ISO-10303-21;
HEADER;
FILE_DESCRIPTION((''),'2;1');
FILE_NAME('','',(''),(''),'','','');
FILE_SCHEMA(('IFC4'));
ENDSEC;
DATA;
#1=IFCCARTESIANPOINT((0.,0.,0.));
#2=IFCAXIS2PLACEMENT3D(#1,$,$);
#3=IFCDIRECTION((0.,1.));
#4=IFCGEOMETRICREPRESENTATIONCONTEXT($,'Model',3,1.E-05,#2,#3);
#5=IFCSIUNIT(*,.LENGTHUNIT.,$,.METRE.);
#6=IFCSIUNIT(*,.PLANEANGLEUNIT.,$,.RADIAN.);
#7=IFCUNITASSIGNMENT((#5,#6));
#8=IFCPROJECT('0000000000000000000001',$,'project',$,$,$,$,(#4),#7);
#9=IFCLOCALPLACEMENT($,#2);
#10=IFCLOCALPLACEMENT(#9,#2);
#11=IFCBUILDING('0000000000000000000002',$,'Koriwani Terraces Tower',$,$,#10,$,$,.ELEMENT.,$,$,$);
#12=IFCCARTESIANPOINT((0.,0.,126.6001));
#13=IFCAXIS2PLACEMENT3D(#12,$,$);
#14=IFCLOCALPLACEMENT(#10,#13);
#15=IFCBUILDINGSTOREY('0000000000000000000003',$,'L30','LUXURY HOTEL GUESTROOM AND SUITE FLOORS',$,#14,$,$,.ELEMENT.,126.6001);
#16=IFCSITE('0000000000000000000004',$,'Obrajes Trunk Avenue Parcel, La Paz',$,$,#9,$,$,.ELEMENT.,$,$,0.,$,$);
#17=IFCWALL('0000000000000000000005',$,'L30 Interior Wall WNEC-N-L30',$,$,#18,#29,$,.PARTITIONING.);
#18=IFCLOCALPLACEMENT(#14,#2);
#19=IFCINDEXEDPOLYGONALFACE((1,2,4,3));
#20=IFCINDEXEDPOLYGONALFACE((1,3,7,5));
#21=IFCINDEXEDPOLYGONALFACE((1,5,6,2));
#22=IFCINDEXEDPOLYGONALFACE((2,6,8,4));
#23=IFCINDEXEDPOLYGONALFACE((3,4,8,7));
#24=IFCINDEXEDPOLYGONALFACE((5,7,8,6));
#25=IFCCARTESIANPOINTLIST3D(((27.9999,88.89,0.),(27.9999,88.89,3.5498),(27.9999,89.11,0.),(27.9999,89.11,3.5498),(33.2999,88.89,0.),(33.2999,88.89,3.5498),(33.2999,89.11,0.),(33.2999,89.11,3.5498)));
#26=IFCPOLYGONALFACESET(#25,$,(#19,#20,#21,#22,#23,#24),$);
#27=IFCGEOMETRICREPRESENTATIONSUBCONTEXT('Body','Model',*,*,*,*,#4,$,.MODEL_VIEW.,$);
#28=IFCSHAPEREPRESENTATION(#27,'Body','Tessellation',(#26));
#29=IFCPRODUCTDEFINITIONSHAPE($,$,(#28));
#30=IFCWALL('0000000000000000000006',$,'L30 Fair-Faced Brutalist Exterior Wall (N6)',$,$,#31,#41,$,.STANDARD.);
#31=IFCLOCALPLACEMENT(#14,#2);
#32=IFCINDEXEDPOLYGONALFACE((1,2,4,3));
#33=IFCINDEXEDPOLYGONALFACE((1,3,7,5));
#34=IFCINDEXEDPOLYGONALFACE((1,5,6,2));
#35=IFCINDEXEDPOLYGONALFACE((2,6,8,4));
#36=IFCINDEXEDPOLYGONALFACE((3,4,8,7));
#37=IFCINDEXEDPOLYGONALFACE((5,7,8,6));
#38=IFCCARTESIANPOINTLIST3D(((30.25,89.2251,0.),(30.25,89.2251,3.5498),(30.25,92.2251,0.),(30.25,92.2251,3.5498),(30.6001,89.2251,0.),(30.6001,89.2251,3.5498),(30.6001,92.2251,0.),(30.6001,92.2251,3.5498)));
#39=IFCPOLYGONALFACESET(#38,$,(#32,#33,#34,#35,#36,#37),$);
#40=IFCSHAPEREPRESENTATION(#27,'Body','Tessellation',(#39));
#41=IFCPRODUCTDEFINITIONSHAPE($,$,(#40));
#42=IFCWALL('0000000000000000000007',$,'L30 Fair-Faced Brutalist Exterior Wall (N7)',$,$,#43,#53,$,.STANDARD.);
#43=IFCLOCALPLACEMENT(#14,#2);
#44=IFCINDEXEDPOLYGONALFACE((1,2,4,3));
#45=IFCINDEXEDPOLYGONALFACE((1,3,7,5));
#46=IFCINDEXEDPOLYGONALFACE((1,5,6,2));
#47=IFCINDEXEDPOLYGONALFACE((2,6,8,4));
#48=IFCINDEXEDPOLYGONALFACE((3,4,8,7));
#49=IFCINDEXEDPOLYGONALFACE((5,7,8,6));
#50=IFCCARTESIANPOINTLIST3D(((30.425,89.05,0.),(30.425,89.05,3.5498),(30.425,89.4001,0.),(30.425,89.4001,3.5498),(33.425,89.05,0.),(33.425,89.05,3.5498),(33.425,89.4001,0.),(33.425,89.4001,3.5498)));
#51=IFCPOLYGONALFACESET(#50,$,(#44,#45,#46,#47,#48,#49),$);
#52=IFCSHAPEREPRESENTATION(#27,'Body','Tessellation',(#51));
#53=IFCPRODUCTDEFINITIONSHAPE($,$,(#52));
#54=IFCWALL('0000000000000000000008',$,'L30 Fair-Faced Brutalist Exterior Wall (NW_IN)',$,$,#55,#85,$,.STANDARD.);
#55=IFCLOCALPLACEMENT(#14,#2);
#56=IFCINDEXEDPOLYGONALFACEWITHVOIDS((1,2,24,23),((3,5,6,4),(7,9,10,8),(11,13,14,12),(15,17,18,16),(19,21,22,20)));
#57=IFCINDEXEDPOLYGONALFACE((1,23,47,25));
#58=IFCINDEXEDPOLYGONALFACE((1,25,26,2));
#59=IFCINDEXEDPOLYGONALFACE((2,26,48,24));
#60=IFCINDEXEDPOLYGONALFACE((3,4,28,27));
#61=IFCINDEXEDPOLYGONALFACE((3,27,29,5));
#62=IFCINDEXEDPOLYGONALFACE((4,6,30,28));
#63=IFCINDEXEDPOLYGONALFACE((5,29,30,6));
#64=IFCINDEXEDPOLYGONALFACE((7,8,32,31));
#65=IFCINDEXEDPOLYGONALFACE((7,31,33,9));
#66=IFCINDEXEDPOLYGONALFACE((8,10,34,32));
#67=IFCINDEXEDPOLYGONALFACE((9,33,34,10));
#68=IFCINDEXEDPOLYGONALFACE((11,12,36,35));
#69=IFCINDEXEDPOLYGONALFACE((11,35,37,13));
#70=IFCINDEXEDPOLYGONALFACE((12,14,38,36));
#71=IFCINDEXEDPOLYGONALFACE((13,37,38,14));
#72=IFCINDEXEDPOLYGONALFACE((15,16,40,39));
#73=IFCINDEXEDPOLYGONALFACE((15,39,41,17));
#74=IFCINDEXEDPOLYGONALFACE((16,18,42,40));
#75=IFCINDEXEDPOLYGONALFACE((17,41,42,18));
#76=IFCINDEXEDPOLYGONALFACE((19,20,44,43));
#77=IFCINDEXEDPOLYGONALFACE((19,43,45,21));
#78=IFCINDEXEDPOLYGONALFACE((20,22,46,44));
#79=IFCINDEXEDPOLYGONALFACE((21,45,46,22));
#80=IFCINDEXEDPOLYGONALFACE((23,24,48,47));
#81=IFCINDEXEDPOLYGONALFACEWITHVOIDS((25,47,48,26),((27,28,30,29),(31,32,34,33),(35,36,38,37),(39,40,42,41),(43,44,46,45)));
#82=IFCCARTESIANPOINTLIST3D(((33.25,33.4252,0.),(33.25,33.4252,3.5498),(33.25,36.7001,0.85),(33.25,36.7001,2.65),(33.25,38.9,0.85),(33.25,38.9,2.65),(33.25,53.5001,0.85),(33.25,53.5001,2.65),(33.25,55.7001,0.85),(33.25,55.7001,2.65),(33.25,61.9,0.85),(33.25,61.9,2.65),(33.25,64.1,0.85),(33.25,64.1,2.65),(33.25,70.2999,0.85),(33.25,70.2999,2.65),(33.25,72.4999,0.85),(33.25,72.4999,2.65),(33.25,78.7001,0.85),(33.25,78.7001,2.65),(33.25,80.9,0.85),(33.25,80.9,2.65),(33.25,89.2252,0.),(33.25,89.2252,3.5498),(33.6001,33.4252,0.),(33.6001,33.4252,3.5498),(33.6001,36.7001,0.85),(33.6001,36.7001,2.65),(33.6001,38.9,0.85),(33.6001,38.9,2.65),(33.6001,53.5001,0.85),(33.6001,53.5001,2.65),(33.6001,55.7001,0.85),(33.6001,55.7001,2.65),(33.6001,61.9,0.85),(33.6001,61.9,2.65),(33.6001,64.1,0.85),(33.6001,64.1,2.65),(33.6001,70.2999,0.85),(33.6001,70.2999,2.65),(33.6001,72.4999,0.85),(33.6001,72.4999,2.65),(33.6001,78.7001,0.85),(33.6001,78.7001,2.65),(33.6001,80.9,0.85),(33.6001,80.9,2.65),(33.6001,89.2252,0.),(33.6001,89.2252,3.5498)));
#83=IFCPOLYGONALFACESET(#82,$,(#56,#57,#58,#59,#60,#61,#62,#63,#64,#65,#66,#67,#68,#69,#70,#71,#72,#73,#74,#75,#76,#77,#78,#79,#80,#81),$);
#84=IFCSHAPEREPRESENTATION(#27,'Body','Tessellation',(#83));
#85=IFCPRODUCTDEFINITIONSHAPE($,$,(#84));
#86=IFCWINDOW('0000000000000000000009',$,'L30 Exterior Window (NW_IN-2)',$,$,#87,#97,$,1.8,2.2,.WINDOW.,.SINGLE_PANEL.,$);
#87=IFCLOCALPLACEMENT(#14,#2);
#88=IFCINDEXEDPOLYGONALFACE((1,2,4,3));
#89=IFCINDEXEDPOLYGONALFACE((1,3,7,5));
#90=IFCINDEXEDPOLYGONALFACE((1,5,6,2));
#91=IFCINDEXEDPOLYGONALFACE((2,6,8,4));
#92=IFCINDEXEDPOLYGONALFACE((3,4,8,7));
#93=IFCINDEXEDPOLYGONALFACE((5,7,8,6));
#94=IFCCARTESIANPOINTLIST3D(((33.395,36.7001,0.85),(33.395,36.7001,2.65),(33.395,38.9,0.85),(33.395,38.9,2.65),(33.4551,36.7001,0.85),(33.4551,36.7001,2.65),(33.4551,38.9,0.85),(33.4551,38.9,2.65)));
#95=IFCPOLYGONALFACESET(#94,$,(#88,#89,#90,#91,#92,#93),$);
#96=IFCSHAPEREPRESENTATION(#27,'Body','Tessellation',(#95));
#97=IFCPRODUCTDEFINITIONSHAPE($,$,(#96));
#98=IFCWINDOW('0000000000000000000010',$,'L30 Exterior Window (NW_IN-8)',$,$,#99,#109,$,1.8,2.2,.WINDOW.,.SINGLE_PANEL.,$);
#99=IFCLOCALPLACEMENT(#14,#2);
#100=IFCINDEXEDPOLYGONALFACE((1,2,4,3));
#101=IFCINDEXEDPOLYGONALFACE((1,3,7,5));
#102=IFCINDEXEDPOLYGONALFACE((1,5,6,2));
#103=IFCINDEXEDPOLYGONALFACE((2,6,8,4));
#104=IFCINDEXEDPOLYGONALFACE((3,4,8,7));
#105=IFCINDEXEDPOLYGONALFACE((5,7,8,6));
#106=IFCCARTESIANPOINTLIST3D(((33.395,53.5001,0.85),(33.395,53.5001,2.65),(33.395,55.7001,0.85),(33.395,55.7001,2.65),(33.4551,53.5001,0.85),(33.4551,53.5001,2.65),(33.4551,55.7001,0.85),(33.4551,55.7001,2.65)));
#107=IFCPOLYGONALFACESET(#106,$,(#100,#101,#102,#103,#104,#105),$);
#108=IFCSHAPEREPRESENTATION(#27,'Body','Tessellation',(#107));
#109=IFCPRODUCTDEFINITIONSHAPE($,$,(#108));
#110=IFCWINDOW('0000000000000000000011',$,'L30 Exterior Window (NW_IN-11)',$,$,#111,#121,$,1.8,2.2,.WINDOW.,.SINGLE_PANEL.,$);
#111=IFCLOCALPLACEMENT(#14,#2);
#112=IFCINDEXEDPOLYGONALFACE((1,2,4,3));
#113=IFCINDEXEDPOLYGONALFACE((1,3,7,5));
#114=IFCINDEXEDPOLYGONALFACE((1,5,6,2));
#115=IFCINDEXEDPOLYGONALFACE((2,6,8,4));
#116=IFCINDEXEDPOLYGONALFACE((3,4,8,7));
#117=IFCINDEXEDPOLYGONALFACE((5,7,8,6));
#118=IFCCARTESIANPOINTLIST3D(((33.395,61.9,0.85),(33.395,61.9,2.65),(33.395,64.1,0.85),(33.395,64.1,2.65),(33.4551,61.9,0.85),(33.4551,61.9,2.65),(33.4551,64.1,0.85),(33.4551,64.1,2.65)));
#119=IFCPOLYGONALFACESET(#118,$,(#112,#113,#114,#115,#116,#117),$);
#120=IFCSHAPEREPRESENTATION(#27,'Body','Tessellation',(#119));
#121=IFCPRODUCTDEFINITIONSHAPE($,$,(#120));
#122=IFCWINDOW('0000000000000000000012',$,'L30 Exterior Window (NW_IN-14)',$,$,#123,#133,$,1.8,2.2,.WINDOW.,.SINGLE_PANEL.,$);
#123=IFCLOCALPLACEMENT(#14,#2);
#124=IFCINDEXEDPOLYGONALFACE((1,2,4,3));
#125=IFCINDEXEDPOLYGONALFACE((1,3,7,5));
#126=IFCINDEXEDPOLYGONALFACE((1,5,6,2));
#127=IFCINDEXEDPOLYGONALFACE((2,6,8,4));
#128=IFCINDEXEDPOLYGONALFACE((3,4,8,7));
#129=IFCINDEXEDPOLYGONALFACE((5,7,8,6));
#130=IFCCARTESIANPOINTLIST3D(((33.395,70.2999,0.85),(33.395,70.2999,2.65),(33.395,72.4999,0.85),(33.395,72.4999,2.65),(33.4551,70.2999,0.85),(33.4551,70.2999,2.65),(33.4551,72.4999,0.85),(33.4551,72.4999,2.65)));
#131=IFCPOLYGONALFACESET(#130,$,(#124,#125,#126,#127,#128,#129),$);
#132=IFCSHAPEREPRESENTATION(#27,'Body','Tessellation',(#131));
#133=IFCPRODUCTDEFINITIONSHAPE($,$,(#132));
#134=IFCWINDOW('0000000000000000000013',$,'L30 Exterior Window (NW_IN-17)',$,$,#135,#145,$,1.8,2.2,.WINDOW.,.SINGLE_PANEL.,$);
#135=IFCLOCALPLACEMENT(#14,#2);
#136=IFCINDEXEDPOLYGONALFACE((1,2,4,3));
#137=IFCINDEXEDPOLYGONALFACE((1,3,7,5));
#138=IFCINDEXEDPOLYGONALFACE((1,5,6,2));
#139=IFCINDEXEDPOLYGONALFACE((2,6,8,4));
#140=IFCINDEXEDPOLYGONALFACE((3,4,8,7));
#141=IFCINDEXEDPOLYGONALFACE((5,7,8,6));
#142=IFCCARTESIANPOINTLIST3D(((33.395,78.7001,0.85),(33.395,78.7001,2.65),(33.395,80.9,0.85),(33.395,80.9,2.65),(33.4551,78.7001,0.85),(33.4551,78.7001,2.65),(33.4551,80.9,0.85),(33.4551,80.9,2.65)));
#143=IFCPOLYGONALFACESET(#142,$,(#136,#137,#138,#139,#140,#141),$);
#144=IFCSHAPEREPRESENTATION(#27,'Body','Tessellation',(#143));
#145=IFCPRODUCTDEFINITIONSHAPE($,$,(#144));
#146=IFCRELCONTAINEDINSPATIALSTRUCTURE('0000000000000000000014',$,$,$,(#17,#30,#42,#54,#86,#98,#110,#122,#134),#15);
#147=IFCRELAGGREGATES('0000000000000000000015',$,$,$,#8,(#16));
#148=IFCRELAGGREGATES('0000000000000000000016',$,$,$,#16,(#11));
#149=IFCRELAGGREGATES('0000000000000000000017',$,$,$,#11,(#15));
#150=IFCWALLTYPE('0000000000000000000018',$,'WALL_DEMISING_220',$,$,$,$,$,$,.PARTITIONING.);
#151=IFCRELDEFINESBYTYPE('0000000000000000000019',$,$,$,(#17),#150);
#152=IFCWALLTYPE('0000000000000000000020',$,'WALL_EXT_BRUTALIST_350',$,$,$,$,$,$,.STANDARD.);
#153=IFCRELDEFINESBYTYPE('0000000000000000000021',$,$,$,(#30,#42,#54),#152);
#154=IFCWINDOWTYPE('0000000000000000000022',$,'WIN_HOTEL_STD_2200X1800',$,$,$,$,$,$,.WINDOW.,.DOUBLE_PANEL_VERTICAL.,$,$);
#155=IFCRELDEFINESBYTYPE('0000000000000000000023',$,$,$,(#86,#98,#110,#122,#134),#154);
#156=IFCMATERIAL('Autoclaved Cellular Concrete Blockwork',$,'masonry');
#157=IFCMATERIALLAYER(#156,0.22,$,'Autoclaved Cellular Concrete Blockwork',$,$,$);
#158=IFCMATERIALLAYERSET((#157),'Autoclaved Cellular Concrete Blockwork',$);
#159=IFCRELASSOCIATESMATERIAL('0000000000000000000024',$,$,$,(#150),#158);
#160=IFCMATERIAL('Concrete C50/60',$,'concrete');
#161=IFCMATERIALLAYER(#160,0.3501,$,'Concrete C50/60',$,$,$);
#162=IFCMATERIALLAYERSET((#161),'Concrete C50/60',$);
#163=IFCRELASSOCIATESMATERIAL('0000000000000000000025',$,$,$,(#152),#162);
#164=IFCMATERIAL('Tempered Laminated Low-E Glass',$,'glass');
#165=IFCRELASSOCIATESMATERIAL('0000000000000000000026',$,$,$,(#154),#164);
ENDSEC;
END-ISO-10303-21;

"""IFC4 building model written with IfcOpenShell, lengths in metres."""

from ifc_helpers import new_model, si_unit, direction, frame, frame_2d, origin, place, context, subcontext, project, spatial, rectangle, extrude, material, layer, layer_set, type_object, element, fill, save


model = new_model("IFC4")

# Units and contexts
model_context = context("Model", 3, precision=1e-05, world=origin(), true_north=direction((0.0, 1.0)))
body_context = subcontext(model_context, "Body", "Model", "MODEL_VIEW")
ifc_project = project(units=[si_unit("LENGTHUNIT", "METRE"), si_unit("PLANEANGLEUNIT", "RADIAN")], contexts=[model_context])

# Site, building, storey
site_placement = place(None, origin())
site = spatial("IfcSite", under=ifc_project, at=site_placement, Name="Obrajes Trunk Avenue Parcel, La Paz", CompositionType="ELEMENT", RefElevation=0.0)
building_placement = place(site_placement, origin())
building = spatial("IfcBuilding", under=site, at=building_placement, Name="Koriwani Terraces Tower", CompositionType="ELEMENT")
storey_placement = place(building_placement, frame((0.0, 0.0, 126.6001)))
storey = spatial("IfcBuildingStorey", under=building, at=storey_placement, Name="L30", Description="LUXURY HOTEL GUESTROOM AND SUITE FLOORS", CompositionType="ELEMENT", Elevation=126.6001)

# Shared definitions
ifc_material_1 = material(Name="Tempered Laminated Low-E Glass", Category="glass")

# Walls
ifc_material_2 = material(Name="Autoclaved Cellular Concrete Blockwork", Category="masonry")
ifc_layer_1 = layer(ifc_material_2, 0.22, Name="Autoclaved Cellular Concrete Blockwork")
ifc_layer_set_1 = layer_set([ifc_layer_1], Name="Autoclaved Cellular Concrete Blockwork")
wall_type_1 = type_object("IfcWallType", Name="WALL_DEMISING_220", PredefinedType="PARTITIONING", material=ifc_layer_set_1)
wall_1_placement = place(storey_placement, frame((28.0, 89.0, 0.0), z_axis=(0.0, 0.0, 1.0), x_axis=(1.0, 0.0, 0.0)))
element("IfcWall", 1, at=wall_1_placement, inside=storey, type_object=wall_type_1, Name="L30 Interior Wall WNEC-N-L30", PredefinedType="PARTITIONING", context=body_context, shape_type="SweptSolid", body=[
    extrude(rectangle(XDim=5.3, YDim=0.22, at=frame_2d((2.6499, 0.0))), origin(), (0.0, 0.0, 1.0), 3.5498),
])
ifc_material_3 = material(Name="Concrete C50/60", Category="concrete")
ifc_layer_2 = layer(ifc_material_3, 0.3501, Name="Concrete C50/60")
ifc_layer_set_2 = layer_set([ifc_layer_2], Name="Concrete C50/60")
wall_type_2 = type_object("IfcWallType", Name="WALL_EXT_BRUTALIST_350", PredefinedType="STANDARD", material=ifc_layer_set_2)
for number, where, z_axis, x_axis, name in (
    (2, (30.425, 92.2251, 0.0), (0.0, 0.0, 1.0), (0.0, -1.0, 0.0), "L30 Fair-Faced Brutalist Exterior Wall (N6)"),
    (3, (30.425, 89.2251, 0.0), (0.0, 0.0, 1.0), (1.0, 0.0, 0.0), "L30 Fair-Faced Brutalist Exterior Wall (N7)"),
):
    element("IfcWall", number, at=place(storey_placement, frame(where, z_axis=z_axis, x_axis=x_axis)), inside=storey, type_object=wall_type_2, Name=name, PredefinedType="STANDARD", context=body_context, shape_type="SweptSolid", body=[
        extrude(rectangle(XDim=3.0, YDim=0.3501, at=frame_2d((1.5, 0.0))), origin(), (0.0, 0.0, 1.0), 3.5498),
    ])

# Wall, openings, windows
wall_2_placement = place(storey_placement, frame((33.425, 89.2251, 0.0), z_axis=(0.0, 0.0, 1.0), x_axis=(0.0, -1.0, 0.0)))
wall_2 = element("IfcWall", 4, at=wall_2_placement, inside=storey, type_object=wall_type_2, Name="L30 Fair-Faced Brutalist Exterior Wall (NW_IN)", PredefinedType="STANDARD", context=body_context, shape_type="SweptSolid", body=[
    extrude(rectangle(XDim=55.8, YDim=0.3501, at=frame_2d((27.8999, 0.0))), origin(), (0.0, 0.0, 1.0), 3.5498),
])
opening_1_placement = place(wall_2_placement, frame((50.325, 0.0, 0.8501)))
opening_1 = element("IfcOpeningElement", 5, at=opening_1_placement, cuts=wall_2, PredefinedType="OPENING", context=body_context, shape_type="SweptSolid", body=[
    extrude(rectangle(XDim=2.2, YDim=1.8, at=frame_2d((1.1001, 0.8999))), frame((0.0, 0.1851, 0.0), z_axis=(0.0, -1.0, 0.0), x_axis=(1.0, 0.0, 0.0)), (0.0, 0.0, 1.0), 0.3701),
])
opening_2_placement = place(wall_2_placement, frame((33.5249, 0.0, 0.8501)))
opening_2 = element("IfcOpeningElement", 6, at=opening_2_placement, cuts=wall_2, PredefinedType="OPENING", context=body_context, shape_type="SweptSolid", body=[
    extrude(rectangle(XDim=2.2, YDim=1.8, at=frame_2d((1.1001, 0.8999))), frame((0.0, 0.1851, 0.0), z_axis=(0.0, -1.0, 0.0), x_axis=(1.0, 0.0, 0.0)), (0.0, 0.0, 1.0), 0.3701),
])
opening_3_placement = place(wall_2_placement, frame((25.125, 0.0, 0.8501)))
opening_3 = element("IfcOpeningElement", 7, at=opening_3_placement, cuts=wall_2, PredefinedType="OPENING", context=body_context, shape_type="SweptSolid", body=[
    extrude(rectangle(XDim=2.2, YDim=1.8, at=frame_2d((1.1001, 0.8999))), frame((0.0, 0.1851, 0.0), z_axis=(0.0, -1.0, 0.0), x_axis=(1.0, 0.0, 0.0)), (0.0, 0.0, 1.0), 0.3701),
])
opening_4_placement = place(wall_2_placement, frame((16.7251, 0.0, 0.8501)))
opening_4 = element("IfcOpeningElement", 8, at=opening_4_placement, cuts=wall_2, PredefinedType="OPENING", context=body_context, shape_type="SweptSolid", body=[
    extrude(rectangle(XDim=2.2, YDim=1.8, at=frame_2d((1.1001, 0.8999))), frame((0.0, 0.1851, 0.0), z_axis=(0.0, -1.0, 0.0), x_axis=(1.0, 0.0, 0.0)), (0.0, 0.0, 1.0), 0.3701),
])
opening_5_placement = place(wall_2_placement, frame((8.325, 0.0, 0.8501)))
opening_5 = element("IfcOpeningElement", 9, at=opening_5_placement, cuts=wall_2, PredefinedType="OPENING", context=body_context, shape_type="SweptSolid", body=[
    extrude(rectangle(XDim=2.2, YDim=1.8, at=frame_2d((1.1001, 0.8999))), frame((0.0, 0.1851, 0.0), z_axis=(0.0, -1.0, 0.0), x_axis=(1.0, 0.0, 0.0)), (0.0, 0.0, 1.0), 0.3701),
])
window_type = type_object("IfcWindowType", Name="WIN_HOTEL_STD_2200X1800", PartitioningType="DOUBLE_PANEL_VERTICAL", PredefinedType="WINDOW", material=ifc_material_1)
window_1_placement = place(opening_1_placement, origin())
window_1 = element("IfcWindow", 10, at=window_1_placement, inside=storey, type_object=window_type, Name="L30 Exterior Window (NW_IN-2)", OverallHeight=1.8, OverallWidth=2.2, PartitioningType="SINGLE_PANEL", PredefinedType="WINDOW", context=body_context, shape_type="SweptSolid", body=[
    extrude(rectangle(XDim=2.2, YDim=1.8, at=frame_2d((1.1001, 0.8999))), frame((0.0, 0.03, 0.0), z_axis=(0.0, -1.0, 0.0), x_axis=(1.0, 0.0, 0.0)), (0.0, 0.0, 1.0), 0.0601),
])
fill(opening_1, window_1)
window_2_placement = place(opening_2_placement, origin())
window_2 = element("IfcWindow", 11, at=window_2_placement, inside=storey, type_object=window_type, Name="L30 Exterior Window (NW_IN-8)", OverallHeight=1.8, OverallWidth=2.2, PartitioningType="SINGLE_PANEL", PredefinedType="WINDOW", context=body_context, shape_type="SweptSolid", body=[
    extrude(rectangle(XDim=2.2, YDim=1.8, at=frame_2d((1.1001, 0.8999))), frame((0.0, 0.03, 0.0), z_axis=(0.0, -1.0, 0.0), x_axis=(1.0, 0.0, 0.0)), (0.0, 0.0, 1.0), 0.0601),
])
fill(opening_2, window_2)
window_3_placement = place(opening_3_placement, origin())
window_3 = element("IfcWindow", 12, at=window_3_placement, inside=storey, type_object=window_type, Name="L30 Exterior Window (NW_IN-11)", OverallHeight=1.8, OverallWidth=2.2, PartitioningType="SINGLE_PANEL", PredefinedType="WINDOW", context=body_context, shape_type="SweptSolid", body=[
    extrude(rectangle(XDim=2.2, YDim=1.8, at=frame_2d((1.1001, 0.8999))), frame((0.0, 0.03, 0.0), z_axis=(0.0, -1.0, 0.0), x_axis=(1.0, 0.0, 0.0)), (0.0, 0.0, 1.0), 0.0601),
])
fill(opening_3, window_3)
window_4_placement = place(opening_4_placement, origin())
window_4 = element("IfcWindow", 13, at=window_4_placement, inside=storey, type_object=window_type, Name="L30 Exterior Window (NW_IN-14)", OverallHeight=1.8, OverallWidth=2.2, PartitioningType="SINGLE_PANEL", PredefinedType="WINDOW", context=body_context, shape_type="SweptSolid", body=[
    extrude(rectangle(XDim=2.2, YDim=1.8, at=frame_2d((1.1001, 0.8999))), frame((0.0, 0.03, 0.0), z_axis=(0.0, -1.0, 0.0), x_axis=(1.0, 0.0, 0.0)), (0.0, 0.0, 1.0), 0.0601),
])
fill(opening_4, window_4)
window_5_placement = place(opening_5_placement, origin())
window_5 = element("IfcWindow", 14, at=window_5_placement, inside=storey, type_object=window_type, Name="L30 Exterior Window (NW_IN-17)", OverallHeight=1.8, OverallWidth=2.2, PartitioningType="SINGLE_PANEL", PredefinedType="WINDOW", context=body_context, shape_type="SweptSolid", body=[
    extrude(rectangle(XDim=2.2, YDim=1.8, at=frame_2d((1.1001, 0.8999))), frame((0.0, 0.03, 0.0), z_axis=(0.0, -1.0, 0.0), x_axis=(1.0, 0.0, 0.0)), (0.0, 0.0, 1.0), 0.0601),
])
fill(opening_5, window_5)

save(model, "model.ifc")
